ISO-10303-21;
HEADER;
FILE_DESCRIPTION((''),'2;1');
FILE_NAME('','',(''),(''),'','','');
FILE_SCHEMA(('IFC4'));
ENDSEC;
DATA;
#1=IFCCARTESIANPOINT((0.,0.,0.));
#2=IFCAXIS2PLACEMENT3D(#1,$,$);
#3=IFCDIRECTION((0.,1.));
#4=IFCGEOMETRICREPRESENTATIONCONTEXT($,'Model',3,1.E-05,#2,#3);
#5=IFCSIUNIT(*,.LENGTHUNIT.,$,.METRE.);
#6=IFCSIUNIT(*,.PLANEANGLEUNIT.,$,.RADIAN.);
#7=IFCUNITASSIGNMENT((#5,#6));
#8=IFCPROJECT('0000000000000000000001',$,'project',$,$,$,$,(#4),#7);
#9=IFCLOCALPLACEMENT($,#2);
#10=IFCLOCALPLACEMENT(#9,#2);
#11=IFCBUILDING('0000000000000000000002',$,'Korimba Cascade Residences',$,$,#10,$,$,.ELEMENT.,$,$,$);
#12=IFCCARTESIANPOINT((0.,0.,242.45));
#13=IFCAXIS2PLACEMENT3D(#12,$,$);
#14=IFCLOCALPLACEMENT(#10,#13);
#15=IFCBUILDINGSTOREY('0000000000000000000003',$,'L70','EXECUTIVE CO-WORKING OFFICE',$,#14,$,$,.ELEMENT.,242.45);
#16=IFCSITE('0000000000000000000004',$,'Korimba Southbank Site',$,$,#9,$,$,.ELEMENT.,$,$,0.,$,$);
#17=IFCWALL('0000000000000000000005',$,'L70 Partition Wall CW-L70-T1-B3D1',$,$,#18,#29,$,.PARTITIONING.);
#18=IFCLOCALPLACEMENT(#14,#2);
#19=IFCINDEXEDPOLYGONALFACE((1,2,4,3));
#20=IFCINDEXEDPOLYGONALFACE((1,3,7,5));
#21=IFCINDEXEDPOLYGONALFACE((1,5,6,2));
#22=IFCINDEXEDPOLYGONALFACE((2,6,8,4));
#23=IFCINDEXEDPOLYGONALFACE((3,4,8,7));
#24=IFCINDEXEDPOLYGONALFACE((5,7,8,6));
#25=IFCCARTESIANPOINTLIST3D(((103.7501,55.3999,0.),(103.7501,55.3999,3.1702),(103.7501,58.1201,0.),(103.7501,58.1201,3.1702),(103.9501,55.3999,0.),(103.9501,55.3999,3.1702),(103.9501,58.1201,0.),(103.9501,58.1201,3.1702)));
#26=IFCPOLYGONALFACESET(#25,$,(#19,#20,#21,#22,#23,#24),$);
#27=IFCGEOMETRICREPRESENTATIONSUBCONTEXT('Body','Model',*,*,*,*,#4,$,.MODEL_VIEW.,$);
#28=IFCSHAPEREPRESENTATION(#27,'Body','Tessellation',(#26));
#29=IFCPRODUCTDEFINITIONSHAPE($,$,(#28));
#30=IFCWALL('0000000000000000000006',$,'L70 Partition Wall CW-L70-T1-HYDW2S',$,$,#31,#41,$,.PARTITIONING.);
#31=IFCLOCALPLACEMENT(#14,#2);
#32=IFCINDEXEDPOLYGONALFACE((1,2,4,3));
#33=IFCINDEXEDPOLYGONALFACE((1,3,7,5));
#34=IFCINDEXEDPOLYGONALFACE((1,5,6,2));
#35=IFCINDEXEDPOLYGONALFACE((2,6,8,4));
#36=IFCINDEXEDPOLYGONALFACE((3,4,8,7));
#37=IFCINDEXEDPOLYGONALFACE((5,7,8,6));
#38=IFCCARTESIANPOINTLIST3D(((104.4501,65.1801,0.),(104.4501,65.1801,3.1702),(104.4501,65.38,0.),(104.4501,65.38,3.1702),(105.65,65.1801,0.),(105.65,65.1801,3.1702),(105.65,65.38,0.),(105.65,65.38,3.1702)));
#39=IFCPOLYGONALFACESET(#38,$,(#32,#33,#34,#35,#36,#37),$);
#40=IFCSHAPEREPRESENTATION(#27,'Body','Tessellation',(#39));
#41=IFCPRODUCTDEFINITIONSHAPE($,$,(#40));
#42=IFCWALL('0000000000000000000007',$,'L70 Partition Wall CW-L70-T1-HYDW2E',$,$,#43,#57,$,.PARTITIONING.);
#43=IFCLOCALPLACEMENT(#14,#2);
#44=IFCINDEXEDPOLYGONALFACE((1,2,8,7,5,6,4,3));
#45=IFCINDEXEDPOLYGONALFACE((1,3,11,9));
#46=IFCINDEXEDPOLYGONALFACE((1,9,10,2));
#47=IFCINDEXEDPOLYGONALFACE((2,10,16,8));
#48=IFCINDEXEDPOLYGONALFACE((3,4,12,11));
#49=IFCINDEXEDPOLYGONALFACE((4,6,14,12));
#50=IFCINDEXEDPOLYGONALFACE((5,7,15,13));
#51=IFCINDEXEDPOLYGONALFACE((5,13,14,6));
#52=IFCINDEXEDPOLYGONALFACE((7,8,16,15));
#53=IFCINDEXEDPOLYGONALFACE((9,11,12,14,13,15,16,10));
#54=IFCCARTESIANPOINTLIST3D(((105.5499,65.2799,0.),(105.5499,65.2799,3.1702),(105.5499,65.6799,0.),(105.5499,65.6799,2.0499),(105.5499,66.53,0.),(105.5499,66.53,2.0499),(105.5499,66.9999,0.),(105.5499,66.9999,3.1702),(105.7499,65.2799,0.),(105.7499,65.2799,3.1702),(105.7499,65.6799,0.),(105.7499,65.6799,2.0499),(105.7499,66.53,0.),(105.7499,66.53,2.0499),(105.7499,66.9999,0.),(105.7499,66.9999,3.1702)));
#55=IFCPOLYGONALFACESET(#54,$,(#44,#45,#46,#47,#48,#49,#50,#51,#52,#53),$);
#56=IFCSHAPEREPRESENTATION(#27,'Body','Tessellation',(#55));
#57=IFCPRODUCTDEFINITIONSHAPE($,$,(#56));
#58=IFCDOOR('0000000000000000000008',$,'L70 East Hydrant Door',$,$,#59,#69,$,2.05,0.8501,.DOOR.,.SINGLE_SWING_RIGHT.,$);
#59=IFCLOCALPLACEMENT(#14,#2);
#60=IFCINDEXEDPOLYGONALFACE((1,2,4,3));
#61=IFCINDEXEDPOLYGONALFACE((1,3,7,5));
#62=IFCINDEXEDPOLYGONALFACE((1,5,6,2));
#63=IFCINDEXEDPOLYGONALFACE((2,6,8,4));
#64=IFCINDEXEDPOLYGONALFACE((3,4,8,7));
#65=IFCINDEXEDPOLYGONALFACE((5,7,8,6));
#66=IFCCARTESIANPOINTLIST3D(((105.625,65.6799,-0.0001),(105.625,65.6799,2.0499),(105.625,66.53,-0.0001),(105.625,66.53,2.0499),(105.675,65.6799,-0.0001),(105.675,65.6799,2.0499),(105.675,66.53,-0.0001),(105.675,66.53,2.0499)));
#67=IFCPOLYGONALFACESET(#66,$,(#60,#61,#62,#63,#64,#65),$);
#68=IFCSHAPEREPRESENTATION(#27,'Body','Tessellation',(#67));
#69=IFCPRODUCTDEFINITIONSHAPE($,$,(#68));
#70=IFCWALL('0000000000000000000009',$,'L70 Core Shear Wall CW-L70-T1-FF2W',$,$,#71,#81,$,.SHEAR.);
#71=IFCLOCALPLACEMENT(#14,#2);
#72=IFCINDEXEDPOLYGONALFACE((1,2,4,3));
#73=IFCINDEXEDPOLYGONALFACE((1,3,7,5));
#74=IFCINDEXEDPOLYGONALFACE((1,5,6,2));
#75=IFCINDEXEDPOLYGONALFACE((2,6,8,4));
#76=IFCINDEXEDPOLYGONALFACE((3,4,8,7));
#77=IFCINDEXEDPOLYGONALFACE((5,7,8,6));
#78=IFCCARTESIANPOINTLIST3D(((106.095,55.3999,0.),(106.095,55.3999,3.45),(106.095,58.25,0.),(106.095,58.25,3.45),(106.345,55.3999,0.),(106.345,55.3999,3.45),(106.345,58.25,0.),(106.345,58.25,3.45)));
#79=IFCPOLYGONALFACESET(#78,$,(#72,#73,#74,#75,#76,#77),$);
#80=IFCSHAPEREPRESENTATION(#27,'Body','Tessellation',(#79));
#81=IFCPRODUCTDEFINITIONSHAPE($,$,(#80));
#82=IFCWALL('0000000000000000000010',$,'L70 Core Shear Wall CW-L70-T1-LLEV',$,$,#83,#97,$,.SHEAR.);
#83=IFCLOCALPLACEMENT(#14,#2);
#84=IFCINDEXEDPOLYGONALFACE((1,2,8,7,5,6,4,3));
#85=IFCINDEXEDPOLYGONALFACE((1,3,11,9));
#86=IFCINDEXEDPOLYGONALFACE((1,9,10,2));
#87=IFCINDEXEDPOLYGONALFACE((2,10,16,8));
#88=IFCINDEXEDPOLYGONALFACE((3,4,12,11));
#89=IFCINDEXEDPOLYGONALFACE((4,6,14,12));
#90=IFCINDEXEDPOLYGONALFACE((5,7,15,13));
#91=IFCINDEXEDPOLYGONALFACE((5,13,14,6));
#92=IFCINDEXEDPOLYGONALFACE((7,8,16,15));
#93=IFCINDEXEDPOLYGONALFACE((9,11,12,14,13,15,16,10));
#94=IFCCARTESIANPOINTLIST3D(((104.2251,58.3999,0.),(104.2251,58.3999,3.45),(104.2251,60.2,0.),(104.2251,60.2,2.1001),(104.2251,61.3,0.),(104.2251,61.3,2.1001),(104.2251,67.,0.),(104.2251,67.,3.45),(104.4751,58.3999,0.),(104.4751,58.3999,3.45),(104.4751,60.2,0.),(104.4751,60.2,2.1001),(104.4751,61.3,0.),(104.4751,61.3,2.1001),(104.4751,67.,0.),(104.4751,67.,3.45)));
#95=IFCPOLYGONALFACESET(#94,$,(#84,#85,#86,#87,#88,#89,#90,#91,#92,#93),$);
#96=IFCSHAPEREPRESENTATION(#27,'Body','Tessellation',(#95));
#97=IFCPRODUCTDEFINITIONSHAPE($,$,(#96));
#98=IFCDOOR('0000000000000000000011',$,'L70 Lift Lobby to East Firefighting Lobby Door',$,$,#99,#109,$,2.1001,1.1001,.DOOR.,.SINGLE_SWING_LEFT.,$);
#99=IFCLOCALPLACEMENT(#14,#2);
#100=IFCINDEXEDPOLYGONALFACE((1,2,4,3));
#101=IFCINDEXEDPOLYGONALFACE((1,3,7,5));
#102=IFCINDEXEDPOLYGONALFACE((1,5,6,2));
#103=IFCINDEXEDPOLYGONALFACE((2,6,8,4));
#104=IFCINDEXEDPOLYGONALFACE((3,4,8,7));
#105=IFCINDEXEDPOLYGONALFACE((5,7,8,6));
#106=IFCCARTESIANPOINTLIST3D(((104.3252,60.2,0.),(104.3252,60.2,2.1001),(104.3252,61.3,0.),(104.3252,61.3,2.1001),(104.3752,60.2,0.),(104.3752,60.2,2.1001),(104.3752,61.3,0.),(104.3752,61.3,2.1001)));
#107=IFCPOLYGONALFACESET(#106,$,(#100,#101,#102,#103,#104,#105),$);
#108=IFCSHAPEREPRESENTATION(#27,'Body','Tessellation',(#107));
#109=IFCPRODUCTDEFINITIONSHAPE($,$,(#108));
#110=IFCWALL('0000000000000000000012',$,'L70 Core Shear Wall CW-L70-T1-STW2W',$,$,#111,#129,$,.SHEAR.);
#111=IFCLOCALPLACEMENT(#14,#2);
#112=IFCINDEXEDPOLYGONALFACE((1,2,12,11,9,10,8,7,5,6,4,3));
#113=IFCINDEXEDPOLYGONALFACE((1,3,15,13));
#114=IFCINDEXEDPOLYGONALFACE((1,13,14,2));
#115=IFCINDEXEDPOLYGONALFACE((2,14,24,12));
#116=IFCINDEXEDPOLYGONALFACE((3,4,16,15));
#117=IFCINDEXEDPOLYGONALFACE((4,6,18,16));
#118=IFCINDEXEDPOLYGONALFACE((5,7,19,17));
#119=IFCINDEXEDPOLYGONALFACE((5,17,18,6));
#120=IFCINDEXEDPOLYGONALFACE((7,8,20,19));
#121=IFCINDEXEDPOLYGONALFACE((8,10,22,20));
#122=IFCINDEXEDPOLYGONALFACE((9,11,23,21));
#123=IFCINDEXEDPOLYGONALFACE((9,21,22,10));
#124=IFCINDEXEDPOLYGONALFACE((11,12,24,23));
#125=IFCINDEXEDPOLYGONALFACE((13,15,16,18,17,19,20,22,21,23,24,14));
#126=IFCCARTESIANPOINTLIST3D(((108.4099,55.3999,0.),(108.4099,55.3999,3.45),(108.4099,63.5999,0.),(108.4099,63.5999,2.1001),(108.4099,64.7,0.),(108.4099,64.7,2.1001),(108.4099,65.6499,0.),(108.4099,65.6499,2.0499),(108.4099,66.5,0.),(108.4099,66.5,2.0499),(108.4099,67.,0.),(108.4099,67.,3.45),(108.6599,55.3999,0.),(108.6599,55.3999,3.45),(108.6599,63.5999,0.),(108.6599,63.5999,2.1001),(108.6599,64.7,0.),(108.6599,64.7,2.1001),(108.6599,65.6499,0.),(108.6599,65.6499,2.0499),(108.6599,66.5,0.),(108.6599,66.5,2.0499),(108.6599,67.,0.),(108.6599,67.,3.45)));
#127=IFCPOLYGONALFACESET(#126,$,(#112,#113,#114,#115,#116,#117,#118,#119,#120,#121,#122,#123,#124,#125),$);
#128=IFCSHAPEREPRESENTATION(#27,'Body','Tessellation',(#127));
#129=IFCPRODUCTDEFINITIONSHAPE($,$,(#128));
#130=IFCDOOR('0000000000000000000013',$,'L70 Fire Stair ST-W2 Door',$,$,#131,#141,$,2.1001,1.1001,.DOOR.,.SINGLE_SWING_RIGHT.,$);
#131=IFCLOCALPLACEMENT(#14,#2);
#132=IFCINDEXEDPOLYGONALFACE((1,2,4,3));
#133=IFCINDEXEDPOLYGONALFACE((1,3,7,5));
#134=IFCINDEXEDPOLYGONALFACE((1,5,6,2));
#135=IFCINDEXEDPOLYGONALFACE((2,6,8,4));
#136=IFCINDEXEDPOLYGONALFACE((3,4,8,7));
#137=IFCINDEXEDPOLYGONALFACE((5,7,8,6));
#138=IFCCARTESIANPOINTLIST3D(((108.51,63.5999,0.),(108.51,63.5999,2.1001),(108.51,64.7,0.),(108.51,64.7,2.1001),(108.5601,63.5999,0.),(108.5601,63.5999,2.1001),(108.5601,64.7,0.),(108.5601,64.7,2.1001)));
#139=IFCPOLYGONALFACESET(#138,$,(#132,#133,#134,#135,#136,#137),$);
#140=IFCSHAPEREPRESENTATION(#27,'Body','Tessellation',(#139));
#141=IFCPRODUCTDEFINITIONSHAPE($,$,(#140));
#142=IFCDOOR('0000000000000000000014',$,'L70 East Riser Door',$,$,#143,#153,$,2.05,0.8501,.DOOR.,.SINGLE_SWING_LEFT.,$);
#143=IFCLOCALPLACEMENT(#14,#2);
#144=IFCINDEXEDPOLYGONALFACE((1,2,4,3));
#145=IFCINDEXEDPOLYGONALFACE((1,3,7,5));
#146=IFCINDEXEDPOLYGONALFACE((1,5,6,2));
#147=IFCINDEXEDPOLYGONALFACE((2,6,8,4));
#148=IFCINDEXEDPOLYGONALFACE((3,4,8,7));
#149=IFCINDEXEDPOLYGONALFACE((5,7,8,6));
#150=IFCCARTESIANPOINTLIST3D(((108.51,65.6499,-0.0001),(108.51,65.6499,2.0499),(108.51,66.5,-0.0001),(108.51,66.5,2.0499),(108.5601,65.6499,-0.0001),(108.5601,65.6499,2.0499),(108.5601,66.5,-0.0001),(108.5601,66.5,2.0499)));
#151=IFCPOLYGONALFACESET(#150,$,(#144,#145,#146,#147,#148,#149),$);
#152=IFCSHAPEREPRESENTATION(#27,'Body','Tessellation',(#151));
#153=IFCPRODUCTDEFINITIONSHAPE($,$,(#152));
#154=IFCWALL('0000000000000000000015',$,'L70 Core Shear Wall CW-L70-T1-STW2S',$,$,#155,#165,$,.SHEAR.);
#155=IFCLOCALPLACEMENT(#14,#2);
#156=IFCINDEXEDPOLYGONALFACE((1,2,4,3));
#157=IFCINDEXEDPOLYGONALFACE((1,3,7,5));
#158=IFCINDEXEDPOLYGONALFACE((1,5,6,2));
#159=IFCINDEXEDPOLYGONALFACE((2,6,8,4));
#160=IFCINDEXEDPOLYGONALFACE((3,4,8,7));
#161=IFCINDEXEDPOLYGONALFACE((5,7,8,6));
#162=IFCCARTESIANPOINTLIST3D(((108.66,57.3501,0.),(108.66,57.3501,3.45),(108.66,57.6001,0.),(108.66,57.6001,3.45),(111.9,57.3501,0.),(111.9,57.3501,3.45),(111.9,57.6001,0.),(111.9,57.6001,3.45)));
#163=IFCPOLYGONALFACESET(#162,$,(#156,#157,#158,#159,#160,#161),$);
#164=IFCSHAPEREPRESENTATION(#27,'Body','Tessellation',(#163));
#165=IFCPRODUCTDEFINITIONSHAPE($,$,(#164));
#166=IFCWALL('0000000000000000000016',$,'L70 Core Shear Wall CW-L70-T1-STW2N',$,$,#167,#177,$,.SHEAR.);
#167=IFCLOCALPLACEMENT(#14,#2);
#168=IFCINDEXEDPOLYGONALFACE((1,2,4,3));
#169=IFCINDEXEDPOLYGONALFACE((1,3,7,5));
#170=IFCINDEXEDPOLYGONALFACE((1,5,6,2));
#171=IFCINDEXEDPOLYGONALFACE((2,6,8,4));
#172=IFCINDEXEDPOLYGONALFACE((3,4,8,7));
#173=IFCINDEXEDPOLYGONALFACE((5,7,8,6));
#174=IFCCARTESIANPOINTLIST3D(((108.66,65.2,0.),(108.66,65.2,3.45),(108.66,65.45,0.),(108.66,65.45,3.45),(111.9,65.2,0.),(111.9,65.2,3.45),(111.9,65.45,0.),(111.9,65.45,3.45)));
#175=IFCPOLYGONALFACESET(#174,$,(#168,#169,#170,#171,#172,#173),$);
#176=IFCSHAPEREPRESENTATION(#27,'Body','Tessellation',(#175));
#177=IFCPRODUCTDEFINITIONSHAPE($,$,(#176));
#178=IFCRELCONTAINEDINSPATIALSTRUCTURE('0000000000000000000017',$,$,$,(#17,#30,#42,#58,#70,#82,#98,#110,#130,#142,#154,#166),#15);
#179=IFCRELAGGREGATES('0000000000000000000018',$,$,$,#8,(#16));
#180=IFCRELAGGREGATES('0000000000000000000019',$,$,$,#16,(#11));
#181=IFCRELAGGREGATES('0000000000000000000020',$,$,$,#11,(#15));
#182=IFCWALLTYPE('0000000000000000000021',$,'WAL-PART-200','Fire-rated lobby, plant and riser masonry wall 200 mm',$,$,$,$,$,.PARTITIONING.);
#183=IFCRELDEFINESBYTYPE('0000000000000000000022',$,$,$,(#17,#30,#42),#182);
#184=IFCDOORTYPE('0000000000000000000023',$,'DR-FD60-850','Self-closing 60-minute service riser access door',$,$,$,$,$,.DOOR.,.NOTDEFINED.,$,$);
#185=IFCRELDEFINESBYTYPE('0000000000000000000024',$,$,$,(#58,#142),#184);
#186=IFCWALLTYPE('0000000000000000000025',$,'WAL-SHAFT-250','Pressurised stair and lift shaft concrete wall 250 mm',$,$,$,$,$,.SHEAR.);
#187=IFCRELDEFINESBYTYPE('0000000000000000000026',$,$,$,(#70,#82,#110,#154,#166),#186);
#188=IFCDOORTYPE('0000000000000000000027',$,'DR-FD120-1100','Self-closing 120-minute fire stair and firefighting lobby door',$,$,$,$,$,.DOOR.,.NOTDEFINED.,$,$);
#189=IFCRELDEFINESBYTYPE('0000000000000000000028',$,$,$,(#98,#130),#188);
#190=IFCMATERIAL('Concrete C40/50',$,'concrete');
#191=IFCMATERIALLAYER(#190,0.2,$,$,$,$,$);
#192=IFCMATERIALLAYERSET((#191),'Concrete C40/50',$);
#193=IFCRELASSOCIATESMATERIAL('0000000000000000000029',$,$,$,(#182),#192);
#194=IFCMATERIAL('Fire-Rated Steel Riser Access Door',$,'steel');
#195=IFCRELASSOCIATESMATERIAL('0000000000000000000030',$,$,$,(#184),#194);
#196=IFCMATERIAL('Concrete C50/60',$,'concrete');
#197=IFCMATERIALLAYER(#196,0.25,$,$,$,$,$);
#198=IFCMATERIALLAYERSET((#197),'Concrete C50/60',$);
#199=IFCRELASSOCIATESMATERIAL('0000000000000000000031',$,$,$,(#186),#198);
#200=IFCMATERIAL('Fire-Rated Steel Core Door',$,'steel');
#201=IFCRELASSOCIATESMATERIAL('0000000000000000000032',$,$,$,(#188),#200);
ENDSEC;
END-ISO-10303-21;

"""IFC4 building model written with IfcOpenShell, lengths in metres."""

from ifc_helpers import new_model, si_unit, direction, frame, frame_2d, origin, place, context, subcontext, project, spatial, rectangle, extrude, material, layer, layer_set, type_object, element, fill, save


model = new_model("IFC4")

# Units and contexts
model_context = context("Model", 3, precision=1e-05, world=origin(), true_north=direction((0.0, 1.0)))
body_context = subcontext(model_context, "Body", "Model", "MODEL_VIEW")
ifc_project = project(units=[si_unit("LENGTHUNIT", "METRE"), si_unit("PLANEANGLEUNIT", "RADIAN")], contexts=[model_context])

# Site, building, storey
site_placement = place(None, origin())
site = spatial("IfcSite", under=ifc_project, at=site_placement, Name="Korimba Southbank Site", CompositionType="ELEMENT", RefElevation=0.0)
building_placement = place(site_placement, origin())
building = spatial("IfcBuilding", under=site, at=building_placement, Name="Korimba Cascade Residences", CompositionType="ELEMENT")
storey_placement = place(building_placement, frame((0.0, 0.0, 242.45)))
storey = spatial("IfcBuildingStorey", under=building, at=storey_placement, Name="L70", Description="EXECUTIVE CO-WORKING OFFICE", CompositionType="ELEMENT", Elevation=242.45)

# Walls
ifc_material_1 = material(Name="Concrete C40/50", Category="concrete")
ifc_layer_1 = layer(ifc_material_1, 0.2)
ifc_layer_set_1 = layer_set([ifc_layer_1], Name="Concrete C40/50")
wall_type_1 = type_object("IfcWallType", Name="WAL-PART-200", Description="Fire-rated lobby, plant and riser masonry wall 200 mm", PredefinedType="PARTITIONING", material=ifc_layer_set_1)
wall_1_placement = place(storey_placement, frame((103.8501, 55.3999, 0.0), z_axis=(0.0, 0.0, 1.0), x_axis=(0.0, 1.0, 0.0)))
element("IfcWall", 1, at=wall_1_placement, inside=storey, type_object=wall_type_1, Name="L70 Partition Wall CW-L70-T1-B3D1", PredefinedType="PARTITIONING", context=body_context, shape_type="SweptSolid", body=[
    extrude(rectangle(XDim=2.7202, YDim=0.2, at=frame_2d((1.3601, 0.0))), origin(), (0.0, 0.0, 1.0), 3.1702),
])
wall_2_placement = place(storey_placement, frame((104.45, 65.28, 0.0), z_axis=(0.0, 0.0, 1.0), x_axis=(1.0, 0.0, 0.0)))
element("IfcWall", 2, at=wall_2_placement, inside=storey, type_object=wall_type_1, Name="L70 Partition Wall CW-L70-T1-HYDW2S", PredefinedType="PARTITIONING", context=body_context, shape_type="SweptSolid", body=[
    extrude(rectangle(XDim=1.2, YDim=0.2, at=frame_2d((0.6001, 0.0))), origin(), (0.0, 0.0, 1.0), 3.1702),
])

# Wall, opening, door
wall_3_placement = place(storey_placement, frame((105.6499, 65.28, 0.0), z_axis=(0.0, 0.0, 1.0), x_axis=(0.0, 1.0, 0.0)))
wall_3 = element("IfcWall", 3, at=wall_3_placement, inside=storey, type_object=wall_type_1, Name="L70 Partition Wall CW-L70-T1-HYDW2E", PredefinedType="PARTITIONING", context=body_context, shape_type="SweptSolid", body=[
    extrude(rectangle(XDim=1.72, YDim=0.2, at=frame_2d((0.8599, 0.0))), origin(), (0.0, 0.0, 1.0), 3.1702),
])
opening_1_placement = place(wall_3_placement, frame((0.3999, 0.0, 0.0)))
opening_1 = element("IfcOpeningElement", 4, at=opening_1_placement, cuts=wall_3, PredefinedType="OPENING", context=body_context, shape_type="SweptSolid", body=[
    extrude(rectangle(XDim=0.8501, YDim=2.05, at=frame_2d((0.425, 1.0249))), frame((0.0, 0.1099, 0.0), z_axis=(0.0, -1.0, 0.0), x_axis=(1.0, 0.0, 0.0)), (0.0, 0.0, 1.0), 0.22),
])
ifc_material_2 = material(Name="Fire-Rated Steel Riser Access Door", Category="steel")
door_type_1 = type_object("IfcDoorType", Name="DR-FD60-850", Description="Self-closing 60-minute service riser access door", OperationType="NOTDEFINED", PredefinedType="DOOR", material=ifc_material_2)
door_1_placement = place(opening_1_placement, origin())
door_1 = element("IfcDoor", 5, at=door_1_placement, inside=storey, type_object=door_type_1, Name="L70 East Hydrant Door", OperationType="SINGLE_SWING_RIGHT", OverallHeight=2.05, OverallWidth=0.8501, PredefinedType="DOOR", context=body_context, shape_type="SweptSolid", body=[
    extrude(rectangle(XDim=0.8501, YDim=2.05, at=frame_2d((0.425, 1.0249))), frame((0.0, 0.0249, 0.0), z_axis=(0.0, -1.0, 0.0), x_axis=(1.0, 0.0, 0.0)), (0.0, 0.0, 1.0), 0.05),
])
fill(opening_1, door_1)

# Wall
ifc_material_3 = material(Name="Concrete C50/60", Category="concrete")
ifc_layer_2 = layer(ifc_material_3, 0.25)
ifc_layer_set_2 = layer_set([ifc_layer_2], Name="Concrete C50/60")
wall_type_2 = type_object("IfcWallType", Name="WAL-SHAFT-250", Description="Pressurised stair and lift shaft concrete wall 250 mm", PredefinedType="SHEAR", material=ifc_layer_set_2)
wall_4_placement = place(storey_placement, frame((106.22, 55.3999, 0.0), z_axis=(0.0, 0.0, 1.0), x_axis=(0.0, 1.0, 0.0)))
element("IfcWall", 6, at=wall_4_placement, inside=storey, type_object=wall_type_2, Name="L70 Core Shear Wall CW-L70-T1-FF2W", PredefinedType="SHEAR", context=body_context, shape_type="SweptSolid", body=[
    extrude(rectangle(XDim=2.8501, YDim=0.25, at=frame_2d((1.425, 0.0))), origin(), (0.0, 0.0, 1.0), 3.45),
])

# Wall, opening, door
wall_5_placement = place(storey_placement, frame((104.3501, 58.3999, 0.0), z_axis=(0.0, 0.0, 1.0), x_axis=(0.0, 1.0, 0.0)))
wall_5 = element("IfcWall", 7, at=wall_5_placement, inside=storey, type_object=wall_type_2, Name="L70 Core Shear Wall CW-L70-T1-LLEV", PredefinedType="SHEAR", context=body_context, shape_type="SweptSolid", body=[
    extrude(rectangle(XDim=8.6001, YDim=0.25, at=frame_2d((4.3, 0.0))), origin(), (0.0, 0.0, 1.0), 3.45),
])
opening_2_placement = place(wall_5_placement, frame((1.8, 0.0, 0.0)))
opening_2 = element("IfcOpeningElement", 8, at=opening_2_placement, cuts=wall_5, PredefinedType="OPENING", context=body_context, shape_type="SweptSolid", body=[
    extrude(rectangle(XDim=1.1001, YDim=2.1001, at=frame_2d((0.55, 1.05))), frame((0.0, 0.135, 0.0), z_axis=(0.0, -1.0, 0.0), x_axis=(1.0, 0.0, 0.0)), (0.0, 0.0, 1.0), 0.27),
])
ifc_material_4 = material(Name="Fire-Rated Steel Core Door", Category="steel")
door_type_2 = type_object("IfcDoorType", Name="DR-FD120-1100", Description="Self-closing 120-minute fire stair and firefighting lobby door", OperationType="NOTDEFINED", PredefinedType="DOOR", material=ifc_material_4)
door_2_placement = place(opening_2_placement, origin())
door_2 = element("IfcDoor", 9, at=door_2_placement, inside=storey, type_object=door_type_2, Name="L70 Lift Lobby to East Firefighting Lobby Door", OperationType="SINGLE_SWING_LEFT", OverallHeight=2.1001, OverallWidth=1.1001, PredefinedType="DOOR", context=body_context, shape_type="SweptSolid", body=[
    extrude(rectangle(XDim=1.1001, YDim=2.1001, at=frame_2d((0.55, 1.05))), frame((0.0, 0.0249, 0.0), z_axis=(0.0, -1.0, 0.0), x_axis=(1.0, 0.0, 0.0)), (0.0, 0.0, 1.0), 0.05),
])
fill(opening_2, door_2)

# Wall, openings, doors
wall_6_placement = place(storey_placement, frame((108.5349, 55.3999, 0.0), z_axis=(0.0, 0.0, 1.0), x_axis=(0.0, 1.0, 0.0)))
wall_6 = element("IfcWall", 10, at=wall_6_placement, inside=storey, type_object=wall_type_2, Name="L70 Core Shear Wall CW-L70-T1-STW2W", PredefinedType="SHEAR", context=body_context, shape_type="SweptSolid", body=[
    extrude(rectangle(XDim=11.6001, YDim=0.25, at=frame_2d((5.8, 0.0))), origin(), (0.0, 0.0, 1.0), 3.45),
])
opening_3_placement = place(wall_6_placement, frame((8.2, 0.0, 0.0)))
opening_3 = element("IfcOpeningElement", 11, at=opening_3_placement, cuts=wall_6, PredefinedType="OPENING", context=body_context, shape_type="SweptSolid", body=[
    extrude(rectangle(XDim=1.1001, YDim=2.1001, at=frame_2d((0.55, 1.05))), frame((0.0, 0.135, 0.0), z_axis=(0.0, -1.0, 0.0), x_axis=(1.0, 0.0, 0.0)), (0.0, 0.0, 1.0), 0.27),
])
opening_4_placement = place(wall_6_placement, frame((10.25, 0.0, 0.0)))
opening_4 = element("IfcOpeningElement", 12, at=opening_4_placement, cuts=wall_6, PredefinedType="OPENING", context=body_context, shape_type="SweptSolid", body=[
    extrude(rectangle(XDim=0.8501, YDim=2.05, at=frame_2d((0.425, 1.0249))), frame((0.0, 0.135, 0.0), z_axis=(0.0, -1.0, 0.0), x_axis=(1.0, 0.0, 0.0)), (0.0, 0.0, 1.0), 0.27),
])
door_3_placement = place(opening_3_placement, origin())
door_3 = element("IfcDoor", 13, at=door_3_placement, inside=storey, type_object=door_type_2, Name="L70 Fire Stair ST-W2 Door", OperationType="SINGLE_SWING_RIGHT", OverallHeight=2.1001, OverallWidth=1.1001, PredefinedType="DOOR", context=body_context, shape_type="SweptSolid", body=[
    extrude(rectangle(XDim=1.1001, YDim=2.1001, at=frame_2d((0.55, 1.05))), frame((0.0, 0.0249, 0.0), z_axis=(0.0, -1.0, 0.0), x_axis=(1.0, 0.0, 0.0)), (0.0, 0.0, 1.0), 0.05),
])
fill(opening_3, door_3)
door_4_placement = place(opening_4_placement, origin())
door_4 = element("IfcDoor", 14, at=door_4_placement, inside=storey, type_object=door_type_1, Name="L70 East Riser Door", OperationType="SINGLE_SWING_LEFT", OverallHeight=2.05, OverallWidth=0.8501, PredefinedType="DOOR", context=body_context, shape_type="SweptSolid", body=[
    extrude(rectangle(XDim=0.8501, YDim=2.05, at=frame_2d((0.425, 1.0249))), frame((0.0, 0.0249, 0.0), z_axis=(0.0, -1.0, 0.0), x_axis=(1.0, 0.0, 0.0)), (0.0, 0.0, 1.0), 0.05),
])
fill(opening_4, door_4)

# Walls
for number, where, z_axis, x_axis, name in (
    (15, (108.6599, 57.4751, 0.0), (0.0, 0.0, 1.0), (1.0, 0.0, 0.0), "L70 Core Shear Wall CW-L70-T1-STW2S"),
    (16, (108.6599, 65.325, 0.0), (0.0, 0.0, 1.0), (1.0, 0.0, 0.0), "L70 Core Shear Wall CW-L70-T1-STW2N"),
):
    element("IfcWall", number, at=place(storey_placement, frame(where, z_axis=z_axis, x_axis=x_axis)), inside=storey, type_object=wall_type_2, Name=name, PredefinedType="SHEAR", context=body_context, shape_type="SweptSolid", body=[
        extrude(rectangle(XDim=3.24, YDim=0.25, at=frame_2d((1.6201, 0.0))), origin(), (0.0, 0.0, 1.0), 3.45),
    ])

save(model, "model.ifc")
